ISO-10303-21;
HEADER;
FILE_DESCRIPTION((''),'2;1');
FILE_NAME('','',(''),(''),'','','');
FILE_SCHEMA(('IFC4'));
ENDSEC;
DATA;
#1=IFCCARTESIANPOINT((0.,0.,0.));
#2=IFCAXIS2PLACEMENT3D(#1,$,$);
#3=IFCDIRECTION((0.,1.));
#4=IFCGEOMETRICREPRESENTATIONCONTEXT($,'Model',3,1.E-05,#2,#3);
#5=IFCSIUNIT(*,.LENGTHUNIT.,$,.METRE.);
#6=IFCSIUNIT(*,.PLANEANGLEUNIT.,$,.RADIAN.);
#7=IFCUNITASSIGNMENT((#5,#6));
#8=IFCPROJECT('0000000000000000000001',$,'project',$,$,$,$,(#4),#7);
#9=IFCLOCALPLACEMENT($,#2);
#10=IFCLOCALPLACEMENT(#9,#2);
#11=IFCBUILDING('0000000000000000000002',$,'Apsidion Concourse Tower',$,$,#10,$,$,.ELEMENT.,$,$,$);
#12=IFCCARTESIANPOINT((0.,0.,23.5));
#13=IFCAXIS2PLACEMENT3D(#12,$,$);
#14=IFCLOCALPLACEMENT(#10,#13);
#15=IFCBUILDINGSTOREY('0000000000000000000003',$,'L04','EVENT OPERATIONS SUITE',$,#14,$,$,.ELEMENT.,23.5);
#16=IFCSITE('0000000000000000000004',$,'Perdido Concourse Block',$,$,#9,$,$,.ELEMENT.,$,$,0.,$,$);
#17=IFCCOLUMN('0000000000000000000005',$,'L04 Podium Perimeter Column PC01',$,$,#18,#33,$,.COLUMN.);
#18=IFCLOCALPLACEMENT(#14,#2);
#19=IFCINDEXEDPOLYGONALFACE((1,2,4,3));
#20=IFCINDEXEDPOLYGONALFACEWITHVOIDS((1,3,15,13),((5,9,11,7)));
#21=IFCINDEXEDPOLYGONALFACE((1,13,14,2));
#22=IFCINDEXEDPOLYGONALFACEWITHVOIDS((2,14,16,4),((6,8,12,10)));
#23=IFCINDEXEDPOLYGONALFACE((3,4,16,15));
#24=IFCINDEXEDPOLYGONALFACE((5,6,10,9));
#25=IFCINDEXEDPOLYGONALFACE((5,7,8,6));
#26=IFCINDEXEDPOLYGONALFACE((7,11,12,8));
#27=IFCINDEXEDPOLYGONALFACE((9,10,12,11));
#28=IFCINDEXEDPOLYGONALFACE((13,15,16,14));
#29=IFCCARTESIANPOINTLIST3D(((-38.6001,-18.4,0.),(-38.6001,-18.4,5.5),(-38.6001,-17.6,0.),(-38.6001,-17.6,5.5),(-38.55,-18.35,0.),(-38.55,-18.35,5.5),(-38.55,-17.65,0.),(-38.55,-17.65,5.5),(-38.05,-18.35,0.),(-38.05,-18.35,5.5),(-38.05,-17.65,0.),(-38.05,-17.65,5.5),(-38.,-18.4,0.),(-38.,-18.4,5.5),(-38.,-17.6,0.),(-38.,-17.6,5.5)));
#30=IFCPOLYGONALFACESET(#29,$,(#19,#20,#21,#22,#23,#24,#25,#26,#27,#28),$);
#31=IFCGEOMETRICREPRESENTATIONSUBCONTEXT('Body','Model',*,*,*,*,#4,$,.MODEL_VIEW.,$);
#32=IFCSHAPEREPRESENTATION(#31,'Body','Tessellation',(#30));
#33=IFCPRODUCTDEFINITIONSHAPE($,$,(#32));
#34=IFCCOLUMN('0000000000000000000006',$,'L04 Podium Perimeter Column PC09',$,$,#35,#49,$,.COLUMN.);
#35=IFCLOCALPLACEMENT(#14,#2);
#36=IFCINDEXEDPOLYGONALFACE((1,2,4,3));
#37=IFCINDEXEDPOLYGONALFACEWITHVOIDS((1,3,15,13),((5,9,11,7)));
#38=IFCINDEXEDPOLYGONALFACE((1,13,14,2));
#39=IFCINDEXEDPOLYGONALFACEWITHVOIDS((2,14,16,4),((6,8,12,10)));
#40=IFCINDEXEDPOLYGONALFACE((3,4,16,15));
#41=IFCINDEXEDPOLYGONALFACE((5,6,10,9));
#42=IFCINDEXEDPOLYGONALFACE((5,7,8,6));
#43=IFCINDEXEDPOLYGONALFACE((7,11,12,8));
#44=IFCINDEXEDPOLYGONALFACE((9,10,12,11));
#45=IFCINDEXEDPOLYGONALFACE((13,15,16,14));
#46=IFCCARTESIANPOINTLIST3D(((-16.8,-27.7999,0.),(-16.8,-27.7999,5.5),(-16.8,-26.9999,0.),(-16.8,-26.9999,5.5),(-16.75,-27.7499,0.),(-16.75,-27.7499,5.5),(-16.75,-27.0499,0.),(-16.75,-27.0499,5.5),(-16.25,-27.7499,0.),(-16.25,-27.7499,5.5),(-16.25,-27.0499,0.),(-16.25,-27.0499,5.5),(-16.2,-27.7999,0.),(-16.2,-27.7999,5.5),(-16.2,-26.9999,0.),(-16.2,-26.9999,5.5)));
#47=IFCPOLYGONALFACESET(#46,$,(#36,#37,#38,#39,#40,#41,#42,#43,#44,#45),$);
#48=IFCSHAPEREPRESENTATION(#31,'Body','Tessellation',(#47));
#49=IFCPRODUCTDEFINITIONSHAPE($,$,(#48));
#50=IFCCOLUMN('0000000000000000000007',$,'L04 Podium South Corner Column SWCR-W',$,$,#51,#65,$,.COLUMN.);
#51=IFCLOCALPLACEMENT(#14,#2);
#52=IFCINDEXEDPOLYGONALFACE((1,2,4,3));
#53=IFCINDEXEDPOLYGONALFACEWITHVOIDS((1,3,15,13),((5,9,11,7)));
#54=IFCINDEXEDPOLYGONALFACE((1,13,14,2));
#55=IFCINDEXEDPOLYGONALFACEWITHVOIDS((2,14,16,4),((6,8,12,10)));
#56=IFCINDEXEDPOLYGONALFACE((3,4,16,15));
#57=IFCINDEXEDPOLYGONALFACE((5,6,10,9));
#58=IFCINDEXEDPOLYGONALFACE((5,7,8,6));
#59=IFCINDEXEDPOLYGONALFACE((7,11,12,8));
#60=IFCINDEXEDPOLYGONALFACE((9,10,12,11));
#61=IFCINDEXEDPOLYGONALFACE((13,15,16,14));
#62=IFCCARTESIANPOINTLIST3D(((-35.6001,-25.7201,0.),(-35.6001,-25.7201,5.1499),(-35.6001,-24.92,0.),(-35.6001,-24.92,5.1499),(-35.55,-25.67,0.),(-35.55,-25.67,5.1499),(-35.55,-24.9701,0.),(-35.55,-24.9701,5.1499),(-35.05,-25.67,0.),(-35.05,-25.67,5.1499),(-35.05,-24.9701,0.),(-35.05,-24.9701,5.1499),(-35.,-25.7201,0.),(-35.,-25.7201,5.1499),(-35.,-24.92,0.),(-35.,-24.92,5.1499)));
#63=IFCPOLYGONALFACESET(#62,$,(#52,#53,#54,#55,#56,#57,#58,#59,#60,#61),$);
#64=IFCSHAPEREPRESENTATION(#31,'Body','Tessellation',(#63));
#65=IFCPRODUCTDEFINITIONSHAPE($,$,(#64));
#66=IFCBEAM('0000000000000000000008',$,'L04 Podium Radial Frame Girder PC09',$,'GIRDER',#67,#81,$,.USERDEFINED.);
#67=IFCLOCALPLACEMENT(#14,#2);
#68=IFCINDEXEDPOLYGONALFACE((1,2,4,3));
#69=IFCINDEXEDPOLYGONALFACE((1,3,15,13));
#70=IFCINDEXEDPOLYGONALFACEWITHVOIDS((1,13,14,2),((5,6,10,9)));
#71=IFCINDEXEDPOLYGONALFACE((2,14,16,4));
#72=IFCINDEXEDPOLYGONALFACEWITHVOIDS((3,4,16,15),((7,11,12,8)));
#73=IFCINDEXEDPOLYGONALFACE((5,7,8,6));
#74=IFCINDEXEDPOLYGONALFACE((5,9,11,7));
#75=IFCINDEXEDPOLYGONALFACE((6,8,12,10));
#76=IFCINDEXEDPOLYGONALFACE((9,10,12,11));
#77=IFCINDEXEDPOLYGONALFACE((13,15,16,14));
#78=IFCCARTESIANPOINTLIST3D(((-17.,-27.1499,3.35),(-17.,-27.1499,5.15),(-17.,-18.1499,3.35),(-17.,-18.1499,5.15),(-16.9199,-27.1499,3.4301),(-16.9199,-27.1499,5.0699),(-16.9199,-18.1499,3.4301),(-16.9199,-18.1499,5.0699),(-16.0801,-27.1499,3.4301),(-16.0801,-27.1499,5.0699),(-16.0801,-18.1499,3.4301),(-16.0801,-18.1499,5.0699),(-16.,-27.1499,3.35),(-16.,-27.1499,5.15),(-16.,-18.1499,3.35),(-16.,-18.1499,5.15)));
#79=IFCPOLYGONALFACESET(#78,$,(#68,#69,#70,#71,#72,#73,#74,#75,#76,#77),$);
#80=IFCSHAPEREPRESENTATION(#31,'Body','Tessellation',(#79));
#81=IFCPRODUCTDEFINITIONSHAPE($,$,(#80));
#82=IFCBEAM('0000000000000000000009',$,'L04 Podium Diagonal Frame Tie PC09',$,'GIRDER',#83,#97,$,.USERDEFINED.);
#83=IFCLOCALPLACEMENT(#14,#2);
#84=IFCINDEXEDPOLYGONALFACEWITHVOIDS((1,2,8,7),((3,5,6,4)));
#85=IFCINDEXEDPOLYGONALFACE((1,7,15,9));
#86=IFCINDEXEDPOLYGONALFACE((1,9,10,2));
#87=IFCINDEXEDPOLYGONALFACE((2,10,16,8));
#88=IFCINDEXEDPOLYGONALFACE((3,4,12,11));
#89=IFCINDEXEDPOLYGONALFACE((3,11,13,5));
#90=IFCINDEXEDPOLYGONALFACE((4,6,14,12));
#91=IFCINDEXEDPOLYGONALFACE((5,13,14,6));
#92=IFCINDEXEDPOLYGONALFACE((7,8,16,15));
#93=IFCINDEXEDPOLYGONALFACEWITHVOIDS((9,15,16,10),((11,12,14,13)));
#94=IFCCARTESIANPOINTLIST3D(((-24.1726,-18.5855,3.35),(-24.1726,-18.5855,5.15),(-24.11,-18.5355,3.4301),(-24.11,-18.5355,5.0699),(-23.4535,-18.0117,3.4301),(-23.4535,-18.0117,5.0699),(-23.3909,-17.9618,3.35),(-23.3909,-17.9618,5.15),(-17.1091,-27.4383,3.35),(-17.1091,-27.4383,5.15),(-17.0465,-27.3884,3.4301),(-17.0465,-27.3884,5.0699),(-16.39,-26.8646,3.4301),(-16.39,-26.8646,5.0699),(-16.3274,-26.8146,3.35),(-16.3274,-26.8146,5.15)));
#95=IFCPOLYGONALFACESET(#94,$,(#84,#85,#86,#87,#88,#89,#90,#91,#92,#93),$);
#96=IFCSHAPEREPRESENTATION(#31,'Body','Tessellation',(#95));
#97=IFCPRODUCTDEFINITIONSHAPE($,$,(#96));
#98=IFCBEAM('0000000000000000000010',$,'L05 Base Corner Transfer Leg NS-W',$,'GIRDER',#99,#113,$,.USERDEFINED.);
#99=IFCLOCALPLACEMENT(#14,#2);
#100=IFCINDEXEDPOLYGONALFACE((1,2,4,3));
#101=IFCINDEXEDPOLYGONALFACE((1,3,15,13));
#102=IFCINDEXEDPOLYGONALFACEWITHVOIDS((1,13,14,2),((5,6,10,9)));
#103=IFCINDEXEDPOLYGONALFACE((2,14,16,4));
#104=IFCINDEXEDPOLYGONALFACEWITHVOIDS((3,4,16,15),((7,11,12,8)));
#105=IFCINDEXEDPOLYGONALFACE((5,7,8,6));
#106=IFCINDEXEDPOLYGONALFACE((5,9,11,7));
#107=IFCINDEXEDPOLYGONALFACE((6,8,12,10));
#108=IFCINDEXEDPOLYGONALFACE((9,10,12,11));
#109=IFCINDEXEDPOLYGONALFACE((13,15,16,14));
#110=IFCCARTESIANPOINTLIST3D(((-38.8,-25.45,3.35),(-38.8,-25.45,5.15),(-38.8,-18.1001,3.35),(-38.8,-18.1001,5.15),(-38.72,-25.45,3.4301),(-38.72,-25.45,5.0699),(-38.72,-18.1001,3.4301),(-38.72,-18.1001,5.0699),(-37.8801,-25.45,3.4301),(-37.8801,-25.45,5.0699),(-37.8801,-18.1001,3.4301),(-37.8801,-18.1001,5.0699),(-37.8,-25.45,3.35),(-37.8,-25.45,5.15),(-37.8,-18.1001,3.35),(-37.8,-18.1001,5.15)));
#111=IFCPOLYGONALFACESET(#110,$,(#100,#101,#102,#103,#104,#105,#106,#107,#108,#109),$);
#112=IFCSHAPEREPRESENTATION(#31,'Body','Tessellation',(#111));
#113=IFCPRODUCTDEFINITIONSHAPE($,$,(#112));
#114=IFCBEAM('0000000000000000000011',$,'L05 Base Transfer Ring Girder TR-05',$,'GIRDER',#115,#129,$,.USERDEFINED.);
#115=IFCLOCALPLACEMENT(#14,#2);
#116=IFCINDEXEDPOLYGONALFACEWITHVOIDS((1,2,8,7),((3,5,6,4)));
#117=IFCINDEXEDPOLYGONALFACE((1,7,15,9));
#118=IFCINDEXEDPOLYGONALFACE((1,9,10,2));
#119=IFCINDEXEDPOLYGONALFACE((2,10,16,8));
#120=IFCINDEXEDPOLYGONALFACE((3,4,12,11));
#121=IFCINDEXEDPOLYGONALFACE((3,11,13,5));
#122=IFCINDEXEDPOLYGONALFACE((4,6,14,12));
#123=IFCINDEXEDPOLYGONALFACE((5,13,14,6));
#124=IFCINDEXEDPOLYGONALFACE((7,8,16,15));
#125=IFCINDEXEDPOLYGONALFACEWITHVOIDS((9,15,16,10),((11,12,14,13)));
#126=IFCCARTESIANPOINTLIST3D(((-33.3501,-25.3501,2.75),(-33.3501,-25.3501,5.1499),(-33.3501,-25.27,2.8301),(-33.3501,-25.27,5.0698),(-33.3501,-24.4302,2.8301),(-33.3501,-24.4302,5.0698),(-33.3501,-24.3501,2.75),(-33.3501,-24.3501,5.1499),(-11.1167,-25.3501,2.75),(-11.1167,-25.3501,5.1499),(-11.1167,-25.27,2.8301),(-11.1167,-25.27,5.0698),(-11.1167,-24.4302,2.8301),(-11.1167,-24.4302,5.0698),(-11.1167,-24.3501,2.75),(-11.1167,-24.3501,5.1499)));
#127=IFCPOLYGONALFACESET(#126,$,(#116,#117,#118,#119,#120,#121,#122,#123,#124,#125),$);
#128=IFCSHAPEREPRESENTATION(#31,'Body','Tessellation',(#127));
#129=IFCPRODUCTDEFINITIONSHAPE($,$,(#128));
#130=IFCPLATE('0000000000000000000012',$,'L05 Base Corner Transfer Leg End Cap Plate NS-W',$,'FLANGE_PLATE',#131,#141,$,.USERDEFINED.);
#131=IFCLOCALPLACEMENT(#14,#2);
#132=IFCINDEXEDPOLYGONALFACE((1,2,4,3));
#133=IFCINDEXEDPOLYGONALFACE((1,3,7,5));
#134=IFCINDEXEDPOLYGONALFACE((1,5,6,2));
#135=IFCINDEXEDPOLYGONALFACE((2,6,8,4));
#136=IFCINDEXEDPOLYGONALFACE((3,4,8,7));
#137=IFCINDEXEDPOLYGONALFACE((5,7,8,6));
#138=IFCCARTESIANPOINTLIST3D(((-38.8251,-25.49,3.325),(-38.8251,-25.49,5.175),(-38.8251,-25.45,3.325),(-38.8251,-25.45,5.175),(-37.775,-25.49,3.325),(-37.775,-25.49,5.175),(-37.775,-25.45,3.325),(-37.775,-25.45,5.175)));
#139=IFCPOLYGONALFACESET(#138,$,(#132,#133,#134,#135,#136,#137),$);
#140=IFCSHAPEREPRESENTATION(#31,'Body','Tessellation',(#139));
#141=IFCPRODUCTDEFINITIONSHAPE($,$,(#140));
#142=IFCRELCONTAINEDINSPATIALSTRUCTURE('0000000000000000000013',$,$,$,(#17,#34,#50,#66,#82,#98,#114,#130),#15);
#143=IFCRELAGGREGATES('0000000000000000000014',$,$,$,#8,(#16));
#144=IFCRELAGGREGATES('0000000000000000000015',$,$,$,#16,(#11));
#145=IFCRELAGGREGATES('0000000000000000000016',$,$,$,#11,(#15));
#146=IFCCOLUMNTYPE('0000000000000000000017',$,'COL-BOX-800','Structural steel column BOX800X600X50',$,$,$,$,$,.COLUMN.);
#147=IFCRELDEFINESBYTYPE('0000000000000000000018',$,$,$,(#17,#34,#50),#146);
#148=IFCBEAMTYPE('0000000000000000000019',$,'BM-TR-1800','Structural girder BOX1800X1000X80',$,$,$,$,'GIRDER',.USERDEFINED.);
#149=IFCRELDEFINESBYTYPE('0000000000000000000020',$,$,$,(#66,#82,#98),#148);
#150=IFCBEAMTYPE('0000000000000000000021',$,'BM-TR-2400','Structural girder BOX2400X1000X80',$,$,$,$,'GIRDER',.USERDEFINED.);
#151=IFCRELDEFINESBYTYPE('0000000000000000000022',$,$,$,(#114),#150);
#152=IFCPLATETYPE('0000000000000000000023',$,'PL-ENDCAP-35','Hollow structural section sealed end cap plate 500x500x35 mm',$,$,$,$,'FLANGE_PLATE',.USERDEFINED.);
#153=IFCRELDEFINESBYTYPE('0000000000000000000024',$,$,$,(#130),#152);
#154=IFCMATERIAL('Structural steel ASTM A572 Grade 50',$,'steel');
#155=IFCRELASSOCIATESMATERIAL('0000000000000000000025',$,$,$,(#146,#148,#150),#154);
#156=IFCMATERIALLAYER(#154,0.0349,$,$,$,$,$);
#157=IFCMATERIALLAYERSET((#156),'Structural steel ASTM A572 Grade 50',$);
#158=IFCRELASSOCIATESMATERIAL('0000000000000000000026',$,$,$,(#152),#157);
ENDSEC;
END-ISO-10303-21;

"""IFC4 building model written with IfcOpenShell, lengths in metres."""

from ifc_helpers import new_model, si_unit, direction, frame, origin, origin_2d, place, context, subcontext, project, spatial, rectangle, hollow_rectangle, extrude, material, layer, layer_set, material_profile, profile_set, type_object, element, save


model = new_model("IFC4")

# Units and contexts
model_context = context("Model", 3, precision=1e-05, world=origin(), true_north=direction((0.0, 1.0)))
body_context = subcontext(model_context, "Body", "Model", "MODEL_VIEW")
ifc_project = project(units=[si_unit("LENGTHUNIT", "METRE"), si_unit("PLANEANGLEUNIT", "RADIAN")], contexts=[model_context])

# Site, building, storey
site_placement = place(None, origin())
site = spatial("IfcSite", under=ifc_project, at=site_placement, Name="Perdido Concourse Block", CompositionType="ELEMENT", RefElevation=0.0)
building_placement = place(site_placement, origin())
building = spatial("IfcBuilding", under=site, at=building_placement, Name="Apsidion Concourse Tower", CompositionType="ELEMENT")
storey_placement = place(building_placement, frame((0.0, 0.0, 23.5)))
storey = spatial("IfcBuildingStorey", under=building, at=storey_placement, Name="L04", Description="EVENT OPERATIONS SUITE", CompositionType="ELEMENT", Elevation=23.5)

# Columns
ifc_material_1 = material(Name="Structural steel ASTM A572 Grade 50", Category="steel")
ifc_material_profile_1 = material_profile(ifc_material_1, hollow_rectangle(XDim=0.6001, YDim=0.8, WallThickness=0.05, at=origin_2d()), Name="BOX800X600X50")
ifc_profile_set_1 = profile_set([ifc_material_profile_1], Name="Structural steel ASTM A572 Grade 50")
column_type = type_object("IfcColumnType", Name="COL-BOX-800", Description="Structural steel column BOX800X600X50", PredefinedType="COLUMN", material=ifc_profile_set_1)
for number, where, z_axis, x_axis, name in (
    (1, (-38.3, -18.0, 0.0), (0.0, 0.0, 1.0), (1.0, 0.0, 0.0), "L04 Podium Perimeter Column PC01"),
    (2, (-16.5, -27.3999, 0.0), (0.0, 0.0, 1.0), (1.0, 0.0, 0.0), "L04 Podium Perimeter Column PC09"),
):
    element("IfcColumn", number, at=place(storey_placement, frame(where, z_axis=z_axis, x_axis=x_axis)), inside=storey, type_object=column_type, Name=name, PredefinedType="COLUMN", context=body_context, shape_type="SweptSolid", body=[
        extrude(hollow_rectangle(XDim=0.6001, YDim=0.8, WallThickness=0.05, at=origin_2d()), origin(), (0.0, 0.0, 1.0), 5.5),
    ])
column_placement = place(storey_placement, frame((-35.3, -25.3201, 0.0), z_axis=(0.0, 0.0, 1.0), x_axis=(1.0, 0.0, 0.0)))
element("IfcColumn", 3, at=column_placement, inside=storey, type_object=column_type, Name="L04 Podium South Corner Column SWCR-W", PredefinedType="COLUMN", context=body_context, shape_type="SweptSolid", body=[
    extrude(hollow_rectangle(XDim=0.6001, YDim=0.8, WallThickness=0.05, at=origin_2d()), origin(), (0.0, 0.0, 1.0), 5.1499),
])

# Beams
ifc_material_profile_2 = material_profile(ifc_material_1, hollow_rectangle(XDim=1.0, YDim=1.8, WallThickness=0.0801, at=origin_2d()), Name="BOX1800X1000X80")
ifc_profile_set_2 = profile_set([ifc_material_profile_2], Name="Structural steel ASTM A572 Grade 50")
beam_type_1 = type_object("IfcBeamType", Name="BM-TR-1800", Description="Structural girder BOX1800X1000X80", ElementType="GIRDER", PredefinedType="USERDEFINED", material=ifc_profile_set_2)
beam_1_placement = place(storey_placement, frame((-16.5, -27.1499, 4.25), z_axis=(0.0, 1.0, 0.0), x_axis=(-1.0, 0.0, 0.0)))
element("IfcBeam", 4, at=beam_1_placement, inside=storey, type_object=beam_type_1, Name="L04 Podium Radial Frame Girder PC09", ObjectType="GIRDER", PredefinedType="USERDEFINED", context=body_context, shape_type="SweptSolid", body=[
    extrude(hollow_rectangle(XDim=1.0, YDim=1.8, WallThickness=0.0801, at=origin_2d()), origin(), (0.0, 0.0, 1.0), 9.0),
])
beam_2_placement = place(storey_placement, frame((-16.7183, -27.1265, 4.25), z_axis=(-0.623685, 0.781676, 0.0), x_axis=(-0.781676, -0.623685, 0.0)))
element("IfcBeam", 5, at=beam_2_placement, inside=storey, type_object=beam_type_1, Name="L04 Podium Diagonal Frame Tie PC09", ObjectType="GIRDER", PredefinedType="USERDEFINED", context=body_context, shape_type="SweptSolid", body=[
    extrude(hollow_rectangle(XDim=1.0, YDim=1.8, WallThickness=0.0801, at=origin_2d()), origin(), (0.0, 0.0, 1.0), 11.3254),
])
beam_3_placement = place(storey_placement, frame((-38.3, -18.1001, 4.25), z_axis=(0.0, -1.0, 0.0), x_axis=(1.0, 0.0, 0.0)))
element("IfcBeam", 6, at=beam_3_placement, inside=storey, type_object=beam_type_1, Name="L05 Base Corner Transfer Leg NS-W", ObjectType="GIRDER", PredefinedType="USERDEFINED", context=body_context, shape_type="SweptSolid", body=[
    extrude(hollow_rectangle(XDim=1.0, YDim=1.8, WallThickness=0.0801, at=origin_2d()), origin(), (0.0, 0.0, 1.0), 7.3499),
])
ifc_material_profile_3 = material_profile(ifc_material_1, hollow_rectangle(XDim=1.0, YDim=2.3999, WallThickness=0.0801, at=origin_2d()), Name="BOX2400X1000X80")
ifc_profile_set_3 = profile_set([ifc_material_profile_3], Name="Structural steel ASTM A572 Grade 50")
beam_type_2 = type_object("IfcBeamType", Name="BM-TR-2400", Description="Structural girder BOX2400X1000X80", ElementType="GIRDER", PredefinedType="USERDEFINED", material=ifc_profile_set_3)
beam_4_placement = place(storey_placement, frame((-33.3501, -24.8501, 3.95), z_axis=(1.0, 0.0, 0.0), x_axis=(0.0, 1.0, 0.0)))
element("IfcBeam", 7, at=beam_4_placement, inside=storey, type_object=beam_type_2, Name="L05 Base Transfer Ring Girder TR-05", ObjectType="GIRDER", PredefinedType="USERDEFINED", context=body_context, shape_type="SweptSolid", body=[
    extrude(hollow_rectangle(XDim=1.0, YDim=2.3999, WallThickness=0.0801, at=origin_2d()), origin(), (0.0, 0.0, 1.0), 22.2334),
])

# Plate
ifc_layer_1 = layer(ifc_material_1, 0.0349)
ifc_layer_set_1 = layer_set([ifc_layer_1], Name="Structural steel ASTM A572 Grade 50")
plate_type = type_object("IfcPlateType", Name="PL-ENDCAP-35", Description="Hollow structural section sealed end cap plate 500x500x35 mm", ElementType="FLANGE_PLATE", PredefinedType="USERDEFINED", material=ifc_layer_set_1)
plate_placement = place(storey_placement, frame((-38.3, -25.47, 3.325), z_axis=(0.0, 0.0, 1.0), x_axis=(1.0, 0.0, 0.0)))
element("IfcPlate", 8, at=plate_placement, inside=storey, type_object=plate_type, Name="L05 Base Corner Transfer Leg End Cap Plate NS-W", ObjectType="FLANGE_PLATE", PredefinedType="USERDEFINED", context=body_context, shape_type="SweptSolid", body=[
    extrude(rectangle(XDim=1.05, YDim=0.04, at=origin_2d()), origin(), (0.0, 0.0, 1.0), 1.8501),
])

save(model, "model.ifc")
